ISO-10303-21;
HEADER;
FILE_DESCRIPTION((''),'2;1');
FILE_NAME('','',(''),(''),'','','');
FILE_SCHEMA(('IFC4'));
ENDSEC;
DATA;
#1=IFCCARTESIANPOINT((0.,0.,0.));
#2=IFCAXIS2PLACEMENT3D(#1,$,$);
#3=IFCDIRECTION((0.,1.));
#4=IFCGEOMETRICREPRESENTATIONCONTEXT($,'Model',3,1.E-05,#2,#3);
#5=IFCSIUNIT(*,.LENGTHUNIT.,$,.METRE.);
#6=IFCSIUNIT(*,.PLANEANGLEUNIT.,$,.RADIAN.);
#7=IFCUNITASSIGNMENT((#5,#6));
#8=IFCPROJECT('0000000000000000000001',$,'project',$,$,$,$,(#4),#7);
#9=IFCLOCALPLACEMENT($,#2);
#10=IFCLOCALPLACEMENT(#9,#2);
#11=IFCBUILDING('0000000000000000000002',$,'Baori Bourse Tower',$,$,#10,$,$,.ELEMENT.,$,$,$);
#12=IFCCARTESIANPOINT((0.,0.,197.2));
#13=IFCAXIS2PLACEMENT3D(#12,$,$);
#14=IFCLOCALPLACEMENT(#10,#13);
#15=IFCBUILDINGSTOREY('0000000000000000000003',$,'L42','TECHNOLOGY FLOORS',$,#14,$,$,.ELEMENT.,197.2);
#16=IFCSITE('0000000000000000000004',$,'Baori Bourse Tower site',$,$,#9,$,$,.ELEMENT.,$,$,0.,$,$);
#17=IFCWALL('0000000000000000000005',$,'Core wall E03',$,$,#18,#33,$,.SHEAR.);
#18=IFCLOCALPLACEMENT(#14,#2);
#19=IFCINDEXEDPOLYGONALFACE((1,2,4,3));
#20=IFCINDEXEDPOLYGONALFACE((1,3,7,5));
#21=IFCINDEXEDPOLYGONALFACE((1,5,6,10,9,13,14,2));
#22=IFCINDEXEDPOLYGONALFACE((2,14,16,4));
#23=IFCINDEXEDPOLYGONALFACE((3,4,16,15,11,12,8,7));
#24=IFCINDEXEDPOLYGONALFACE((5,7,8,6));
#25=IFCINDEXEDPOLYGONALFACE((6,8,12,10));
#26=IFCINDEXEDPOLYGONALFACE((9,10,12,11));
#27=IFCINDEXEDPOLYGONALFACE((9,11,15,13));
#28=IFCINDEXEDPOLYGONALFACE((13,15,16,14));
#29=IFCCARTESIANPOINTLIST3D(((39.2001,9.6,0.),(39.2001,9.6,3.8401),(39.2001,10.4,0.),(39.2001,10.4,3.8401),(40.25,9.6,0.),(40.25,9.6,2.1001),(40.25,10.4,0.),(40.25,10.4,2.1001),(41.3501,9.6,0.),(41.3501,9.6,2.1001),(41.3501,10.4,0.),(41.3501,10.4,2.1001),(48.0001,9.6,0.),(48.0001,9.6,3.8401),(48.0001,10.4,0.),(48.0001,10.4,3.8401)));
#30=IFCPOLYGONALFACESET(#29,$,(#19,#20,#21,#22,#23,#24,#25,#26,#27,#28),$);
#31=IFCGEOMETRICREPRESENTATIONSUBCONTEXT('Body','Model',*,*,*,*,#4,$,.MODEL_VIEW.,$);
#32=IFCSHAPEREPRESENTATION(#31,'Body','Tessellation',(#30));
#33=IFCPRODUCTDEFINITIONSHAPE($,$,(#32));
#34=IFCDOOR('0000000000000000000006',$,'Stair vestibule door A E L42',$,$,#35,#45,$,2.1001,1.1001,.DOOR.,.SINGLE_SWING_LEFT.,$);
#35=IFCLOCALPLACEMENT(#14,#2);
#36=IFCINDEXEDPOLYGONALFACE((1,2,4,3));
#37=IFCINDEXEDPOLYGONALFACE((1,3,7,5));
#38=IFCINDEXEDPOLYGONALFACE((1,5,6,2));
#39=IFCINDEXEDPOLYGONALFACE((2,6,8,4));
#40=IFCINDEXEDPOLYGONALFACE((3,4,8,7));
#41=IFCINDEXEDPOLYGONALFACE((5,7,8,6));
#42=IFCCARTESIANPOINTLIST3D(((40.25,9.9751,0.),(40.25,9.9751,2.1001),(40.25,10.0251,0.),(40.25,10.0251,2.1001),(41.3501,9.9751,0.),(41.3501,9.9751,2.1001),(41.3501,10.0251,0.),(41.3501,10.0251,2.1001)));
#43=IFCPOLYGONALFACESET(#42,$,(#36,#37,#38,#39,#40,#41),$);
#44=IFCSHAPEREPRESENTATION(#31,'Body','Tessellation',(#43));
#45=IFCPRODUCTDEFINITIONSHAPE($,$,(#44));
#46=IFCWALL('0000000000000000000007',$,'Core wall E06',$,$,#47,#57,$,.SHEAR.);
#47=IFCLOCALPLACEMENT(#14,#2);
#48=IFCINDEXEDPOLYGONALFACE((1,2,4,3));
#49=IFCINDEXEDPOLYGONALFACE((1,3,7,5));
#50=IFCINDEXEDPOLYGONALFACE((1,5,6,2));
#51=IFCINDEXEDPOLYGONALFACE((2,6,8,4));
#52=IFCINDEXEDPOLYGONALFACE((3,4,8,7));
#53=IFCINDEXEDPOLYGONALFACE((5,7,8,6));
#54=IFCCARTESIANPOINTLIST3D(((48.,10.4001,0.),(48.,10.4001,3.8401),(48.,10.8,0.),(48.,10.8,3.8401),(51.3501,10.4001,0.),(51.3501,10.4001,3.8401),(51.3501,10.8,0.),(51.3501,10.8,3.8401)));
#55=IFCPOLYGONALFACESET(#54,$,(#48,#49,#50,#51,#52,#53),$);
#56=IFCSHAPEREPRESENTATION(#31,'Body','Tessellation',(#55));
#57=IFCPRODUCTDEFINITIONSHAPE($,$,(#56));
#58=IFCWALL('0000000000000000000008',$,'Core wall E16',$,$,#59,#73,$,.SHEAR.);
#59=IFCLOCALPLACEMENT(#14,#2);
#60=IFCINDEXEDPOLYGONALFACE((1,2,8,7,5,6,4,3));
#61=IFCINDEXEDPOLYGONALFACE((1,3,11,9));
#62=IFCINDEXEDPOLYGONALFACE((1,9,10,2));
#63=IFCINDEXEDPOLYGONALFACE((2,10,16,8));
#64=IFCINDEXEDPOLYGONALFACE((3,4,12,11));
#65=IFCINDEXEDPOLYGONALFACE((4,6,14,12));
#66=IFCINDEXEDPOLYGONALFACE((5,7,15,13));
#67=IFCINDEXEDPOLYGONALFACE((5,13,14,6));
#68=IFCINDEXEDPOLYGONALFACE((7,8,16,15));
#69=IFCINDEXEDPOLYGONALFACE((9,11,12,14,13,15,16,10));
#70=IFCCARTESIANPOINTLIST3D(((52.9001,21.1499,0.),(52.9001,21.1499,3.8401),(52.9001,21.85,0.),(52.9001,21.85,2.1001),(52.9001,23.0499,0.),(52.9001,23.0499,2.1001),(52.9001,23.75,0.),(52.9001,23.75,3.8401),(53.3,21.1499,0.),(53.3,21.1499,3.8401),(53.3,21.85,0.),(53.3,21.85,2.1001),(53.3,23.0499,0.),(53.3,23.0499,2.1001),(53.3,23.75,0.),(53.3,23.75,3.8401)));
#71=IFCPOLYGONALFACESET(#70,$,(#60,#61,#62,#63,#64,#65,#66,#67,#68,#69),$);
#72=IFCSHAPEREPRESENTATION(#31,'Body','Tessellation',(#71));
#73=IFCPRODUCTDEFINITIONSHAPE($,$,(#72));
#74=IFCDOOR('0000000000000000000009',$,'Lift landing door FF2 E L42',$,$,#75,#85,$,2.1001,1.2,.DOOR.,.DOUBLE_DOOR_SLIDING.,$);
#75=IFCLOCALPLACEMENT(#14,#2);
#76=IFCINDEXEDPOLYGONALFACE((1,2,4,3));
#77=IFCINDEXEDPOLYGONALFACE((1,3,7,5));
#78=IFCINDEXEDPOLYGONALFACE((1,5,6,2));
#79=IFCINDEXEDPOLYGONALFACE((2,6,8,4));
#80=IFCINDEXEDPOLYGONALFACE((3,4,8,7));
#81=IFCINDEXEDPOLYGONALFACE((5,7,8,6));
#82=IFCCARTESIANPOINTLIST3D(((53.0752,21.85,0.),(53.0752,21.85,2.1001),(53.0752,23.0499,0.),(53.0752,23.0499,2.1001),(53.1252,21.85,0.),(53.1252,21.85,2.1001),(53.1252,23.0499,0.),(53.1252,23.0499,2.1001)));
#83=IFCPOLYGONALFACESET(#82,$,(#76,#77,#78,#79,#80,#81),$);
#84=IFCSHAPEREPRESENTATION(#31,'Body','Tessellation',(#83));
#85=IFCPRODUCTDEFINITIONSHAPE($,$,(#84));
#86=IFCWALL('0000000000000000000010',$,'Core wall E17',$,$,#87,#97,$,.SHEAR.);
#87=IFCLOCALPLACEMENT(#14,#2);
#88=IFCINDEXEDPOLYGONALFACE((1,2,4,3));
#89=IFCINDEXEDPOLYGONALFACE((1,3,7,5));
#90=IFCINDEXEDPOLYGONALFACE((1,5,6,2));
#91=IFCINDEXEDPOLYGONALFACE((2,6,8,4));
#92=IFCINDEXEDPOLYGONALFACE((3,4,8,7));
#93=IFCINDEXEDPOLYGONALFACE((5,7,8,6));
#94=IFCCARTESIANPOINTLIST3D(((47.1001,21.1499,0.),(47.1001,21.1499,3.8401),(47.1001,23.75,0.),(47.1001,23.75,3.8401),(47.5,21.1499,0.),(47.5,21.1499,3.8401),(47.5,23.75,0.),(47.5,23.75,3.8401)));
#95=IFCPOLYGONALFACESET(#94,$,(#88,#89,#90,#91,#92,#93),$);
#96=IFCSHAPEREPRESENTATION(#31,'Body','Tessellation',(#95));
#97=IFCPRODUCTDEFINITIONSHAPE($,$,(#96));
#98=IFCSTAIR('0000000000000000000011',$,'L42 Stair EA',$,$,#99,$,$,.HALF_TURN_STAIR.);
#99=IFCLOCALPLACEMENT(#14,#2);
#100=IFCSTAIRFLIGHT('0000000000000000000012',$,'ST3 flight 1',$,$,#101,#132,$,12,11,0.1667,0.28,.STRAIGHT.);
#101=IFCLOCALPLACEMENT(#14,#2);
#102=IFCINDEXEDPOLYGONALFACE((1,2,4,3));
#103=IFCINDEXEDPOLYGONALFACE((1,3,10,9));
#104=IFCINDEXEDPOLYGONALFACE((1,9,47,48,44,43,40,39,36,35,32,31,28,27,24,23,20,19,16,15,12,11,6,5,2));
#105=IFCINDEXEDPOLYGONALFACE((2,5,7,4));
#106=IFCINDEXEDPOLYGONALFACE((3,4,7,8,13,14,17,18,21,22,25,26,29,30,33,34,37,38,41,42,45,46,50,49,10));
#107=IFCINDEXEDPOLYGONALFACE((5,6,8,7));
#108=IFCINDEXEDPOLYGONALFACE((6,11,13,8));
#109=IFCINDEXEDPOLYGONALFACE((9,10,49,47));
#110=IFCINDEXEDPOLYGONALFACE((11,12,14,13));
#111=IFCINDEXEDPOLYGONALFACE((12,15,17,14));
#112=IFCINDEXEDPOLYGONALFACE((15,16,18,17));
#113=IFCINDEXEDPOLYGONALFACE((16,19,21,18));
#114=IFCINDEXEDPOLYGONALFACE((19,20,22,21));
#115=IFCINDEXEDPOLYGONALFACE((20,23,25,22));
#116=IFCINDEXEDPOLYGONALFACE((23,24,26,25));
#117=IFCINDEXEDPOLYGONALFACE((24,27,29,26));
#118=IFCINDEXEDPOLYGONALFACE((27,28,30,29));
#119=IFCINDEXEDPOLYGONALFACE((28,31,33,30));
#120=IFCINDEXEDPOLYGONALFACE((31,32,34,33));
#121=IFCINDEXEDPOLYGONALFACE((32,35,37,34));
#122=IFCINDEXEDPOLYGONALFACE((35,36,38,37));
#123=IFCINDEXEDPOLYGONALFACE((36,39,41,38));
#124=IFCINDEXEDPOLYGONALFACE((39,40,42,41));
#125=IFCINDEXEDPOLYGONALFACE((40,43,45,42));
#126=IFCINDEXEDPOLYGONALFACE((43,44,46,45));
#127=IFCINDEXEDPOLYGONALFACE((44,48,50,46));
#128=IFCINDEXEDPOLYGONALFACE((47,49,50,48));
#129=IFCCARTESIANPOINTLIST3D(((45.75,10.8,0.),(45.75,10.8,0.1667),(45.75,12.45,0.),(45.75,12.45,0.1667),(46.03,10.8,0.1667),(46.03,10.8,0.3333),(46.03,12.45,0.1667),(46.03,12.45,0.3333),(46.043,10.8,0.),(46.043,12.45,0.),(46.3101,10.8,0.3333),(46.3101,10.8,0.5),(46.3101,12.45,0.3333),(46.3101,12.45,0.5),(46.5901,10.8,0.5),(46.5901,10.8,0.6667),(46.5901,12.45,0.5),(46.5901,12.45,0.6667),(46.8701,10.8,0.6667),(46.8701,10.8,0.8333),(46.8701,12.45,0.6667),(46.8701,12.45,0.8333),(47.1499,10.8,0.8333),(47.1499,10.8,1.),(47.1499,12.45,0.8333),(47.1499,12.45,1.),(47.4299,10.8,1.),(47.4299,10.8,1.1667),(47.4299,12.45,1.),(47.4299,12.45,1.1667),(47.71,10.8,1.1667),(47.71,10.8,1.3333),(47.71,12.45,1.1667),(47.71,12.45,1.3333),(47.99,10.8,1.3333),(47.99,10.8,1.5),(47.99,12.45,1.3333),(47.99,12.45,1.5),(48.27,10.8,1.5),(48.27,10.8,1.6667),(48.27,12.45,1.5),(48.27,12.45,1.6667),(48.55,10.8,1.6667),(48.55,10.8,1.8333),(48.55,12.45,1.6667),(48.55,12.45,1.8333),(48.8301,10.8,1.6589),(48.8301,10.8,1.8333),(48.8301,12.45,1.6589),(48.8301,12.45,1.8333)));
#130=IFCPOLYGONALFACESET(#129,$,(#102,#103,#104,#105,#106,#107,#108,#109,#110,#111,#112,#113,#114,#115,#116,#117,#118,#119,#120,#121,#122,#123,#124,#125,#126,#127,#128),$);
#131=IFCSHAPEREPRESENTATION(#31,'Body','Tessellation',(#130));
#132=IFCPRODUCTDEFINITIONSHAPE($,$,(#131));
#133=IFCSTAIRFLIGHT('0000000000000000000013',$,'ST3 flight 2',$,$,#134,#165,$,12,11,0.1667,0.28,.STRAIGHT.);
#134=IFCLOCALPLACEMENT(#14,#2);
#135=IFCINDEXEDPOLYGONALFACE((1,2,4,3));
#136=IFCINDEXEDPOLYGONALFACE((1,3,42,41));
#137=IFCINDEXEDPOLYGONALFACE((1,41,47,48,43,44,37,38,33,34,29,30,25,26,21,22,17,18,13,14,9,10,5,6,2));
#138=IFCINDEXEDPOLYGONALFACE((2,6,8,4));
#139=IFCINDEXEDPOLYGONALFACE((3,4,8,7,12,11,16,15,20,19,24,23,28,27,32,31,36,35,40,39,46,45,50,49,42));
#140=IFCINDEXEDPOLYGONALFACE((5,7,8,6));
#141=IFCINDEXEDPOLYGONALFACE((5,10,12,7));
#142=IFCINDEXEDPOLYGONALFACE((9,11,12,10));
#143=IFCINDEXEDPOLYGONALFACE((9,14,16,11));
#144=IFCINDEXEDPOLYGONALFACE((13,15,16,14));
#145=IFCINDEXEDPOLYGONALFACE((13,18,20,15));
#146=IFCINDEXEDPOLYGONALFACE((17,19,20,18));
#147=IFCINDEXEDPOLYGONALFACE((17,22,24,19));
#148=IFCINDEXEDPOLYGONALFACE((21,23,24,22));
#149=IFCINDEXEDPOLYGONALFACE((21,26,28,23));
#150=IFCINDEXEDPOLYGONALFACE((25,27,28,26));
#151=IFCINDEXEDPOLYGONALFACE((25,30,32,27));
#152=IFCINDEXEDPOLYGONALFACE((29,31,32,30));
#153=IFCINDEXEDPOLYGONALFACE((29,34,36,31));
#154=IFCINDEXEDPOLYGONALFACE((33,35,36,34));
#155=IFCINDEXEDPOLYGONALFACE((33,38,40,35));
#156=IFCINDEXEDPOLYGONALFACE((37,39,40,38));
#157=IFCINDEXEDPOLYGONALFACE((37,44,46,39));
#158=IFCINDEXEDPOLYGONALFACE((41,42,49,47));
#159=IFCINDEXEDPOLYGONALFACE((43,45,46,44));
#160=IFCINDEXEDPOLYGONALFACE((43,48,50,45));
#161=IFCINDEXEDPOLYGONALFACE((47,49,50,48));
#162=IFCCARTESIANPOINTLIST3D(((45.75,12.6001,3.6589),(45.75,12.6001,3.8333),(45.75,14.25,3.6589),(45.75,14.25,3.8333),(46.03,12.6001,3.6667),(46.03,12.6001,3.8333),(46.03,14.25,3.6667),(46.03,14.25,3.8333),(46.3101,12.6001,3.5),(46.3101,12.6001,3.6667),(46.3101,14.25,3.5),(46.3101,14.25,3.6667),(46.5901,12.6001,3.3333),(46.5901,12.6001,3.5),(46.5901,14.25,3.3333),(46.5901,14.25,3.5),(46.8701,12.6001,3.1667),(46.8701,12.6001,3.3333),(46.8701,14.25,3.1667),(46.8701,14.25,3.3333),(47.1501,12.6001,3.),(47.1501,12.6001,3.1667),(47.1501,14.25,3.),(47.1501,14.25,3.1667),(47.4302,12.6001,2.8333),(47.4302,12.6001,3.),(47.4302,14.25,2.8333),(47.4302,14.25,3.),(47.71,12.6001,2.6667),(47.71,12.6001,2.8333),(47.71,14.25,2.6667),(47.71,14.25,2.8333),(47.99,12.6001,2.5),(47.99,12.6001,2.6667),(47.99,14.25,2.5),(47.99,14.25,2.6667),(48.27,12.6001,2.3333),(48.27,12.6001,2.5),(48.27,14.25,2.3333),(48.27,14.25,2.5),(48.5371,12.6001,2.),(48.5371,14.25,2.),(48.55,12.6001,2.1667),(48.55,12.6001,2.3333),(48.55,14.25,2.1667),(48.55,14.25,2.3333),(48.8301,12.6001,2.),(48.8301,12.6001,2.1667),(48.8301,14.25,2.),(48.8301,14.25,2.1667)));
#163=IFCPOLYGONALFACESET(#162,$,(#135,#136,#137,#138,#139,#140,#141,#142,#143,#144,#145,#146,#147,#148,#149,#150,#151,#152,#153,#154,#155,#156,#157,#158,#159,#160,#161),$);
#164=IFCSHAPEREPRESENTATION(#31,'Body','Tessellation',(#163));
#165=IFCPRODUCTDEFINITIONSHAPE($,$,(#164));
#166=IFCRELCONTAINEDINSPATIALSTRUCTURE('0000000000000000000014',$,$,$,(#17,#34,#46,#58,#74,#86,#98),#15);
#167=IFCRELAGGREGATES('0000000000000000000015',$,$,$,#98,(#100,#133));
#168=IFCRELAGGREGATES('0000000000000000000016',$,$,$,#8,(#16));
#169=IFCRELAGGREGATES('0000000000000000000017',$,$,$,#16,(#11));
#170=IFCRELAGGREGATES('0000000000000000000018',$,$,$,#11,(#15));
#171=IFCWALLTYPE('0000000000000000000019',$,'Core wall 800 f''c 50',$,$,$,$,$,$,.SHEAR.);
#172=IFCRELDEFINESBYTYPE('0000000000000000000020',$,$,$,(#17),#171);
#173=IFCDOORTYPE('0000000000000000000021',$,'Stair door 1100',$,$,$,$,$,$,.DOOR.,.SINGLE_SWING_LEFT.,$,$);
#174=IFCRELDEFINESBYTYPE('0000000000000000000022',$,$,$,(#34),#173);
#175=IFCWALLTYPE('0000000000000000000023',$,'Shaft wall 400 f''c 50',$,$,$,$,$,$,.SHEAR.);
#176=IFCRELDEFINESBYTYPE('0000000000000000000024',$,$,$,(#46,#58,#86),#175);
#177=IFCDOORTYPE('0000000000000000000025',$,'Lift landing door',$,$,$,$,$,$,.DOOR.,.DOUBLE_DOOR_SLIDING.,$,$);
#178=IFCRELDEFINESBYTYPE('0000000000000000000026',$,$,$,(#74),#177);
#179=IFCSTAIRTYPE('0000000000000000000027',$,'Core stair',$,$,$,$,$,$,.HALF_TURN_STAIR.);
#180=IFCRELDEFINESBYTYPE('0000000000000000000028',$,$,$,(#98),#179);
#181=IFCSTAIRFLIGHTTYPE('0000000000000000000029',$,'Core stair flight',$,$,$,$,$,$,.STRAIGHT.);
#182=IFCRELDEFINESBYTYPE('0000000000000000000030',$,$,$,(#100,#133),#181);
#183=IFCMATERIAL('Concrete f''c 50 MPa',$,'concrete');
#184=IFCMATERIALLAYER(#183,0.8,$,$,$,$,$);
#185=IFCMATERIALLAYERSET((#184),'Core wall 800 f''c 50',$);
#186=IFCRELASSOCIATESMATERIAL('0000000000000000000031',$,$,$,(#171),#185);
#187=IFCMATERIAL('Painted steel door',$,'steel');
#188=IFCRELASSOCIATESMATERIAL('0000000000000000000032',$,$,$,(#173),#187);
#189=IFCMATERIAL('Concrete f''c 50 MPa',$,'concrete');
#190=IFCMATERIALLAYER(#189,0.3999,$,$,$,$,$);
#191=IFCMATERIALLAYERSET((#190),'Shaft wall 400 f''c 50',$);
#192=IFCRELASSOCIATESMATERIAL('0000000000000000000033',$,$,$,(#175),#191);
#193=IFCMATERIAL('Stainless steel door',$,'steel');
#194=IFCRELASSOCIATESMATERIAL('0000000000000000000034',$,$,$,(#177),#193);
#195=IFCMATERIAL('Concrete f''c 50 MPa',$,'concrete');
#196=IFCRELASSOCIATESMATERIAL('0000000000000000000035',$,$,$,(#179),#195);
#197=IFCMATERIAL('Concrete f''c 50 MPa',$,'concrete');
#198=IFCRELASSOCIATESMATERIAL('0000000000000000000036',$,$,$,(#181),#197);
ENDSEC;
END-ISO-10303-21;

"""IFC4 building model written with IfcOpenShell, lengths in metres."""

from ifc_helpers import new_model, si_unit, direction, frame, frame_2d, origin, place, context, subcontext, project, spatial, polyline, rectangle, outline, extrude, material, layer, layer_set, type_object, element, fill, aggregate, save


model = new_model("IFC4")

# Units and contexts
model_context = context("Model", 3, precision=1e-05, world=origin(), true_north=direction((0.0, 1.0)))
body_context = subcontext(model_context, "Body", "Model", "MODEL_VIEW")
ifc_project = project(units=[si_unit("LENGTHUNIT", "METRE"), si_unit("PLANEANGLEUNIT", "RADIAN")], contexts=[model_context])

# Site, building, storey
site_placement = place(None, origin())
site = spatial("IfcSite", under=ifc_project, at=site_placement, Name="Baori Bourse Tower site", CompositionType="ELEMENT", RefElevation=0.0)
building_placement = place(site_placement, origin())
building = spatial("IfcBuilding", under=site, at=building_placement, Name="Baori Bourse Tower", CompositionType="ELEMENT")
storey_placement = place(building_placement, frame((0.0, 0.0, 197.2)))
storey = spatial("IfcBuildingStorey", under=building, at=storey_placement, Name="L42", Description="TECHNOLOGY FLOORS", CompositionType="ELEMENT", Elevation=197.2)

# Shared definitions
ifc_material_1 = material(Name="Concrete f'c 50 MPa", Category="concrete")
ifc_layer_1 = layer(ifc_material_1, 0.8)
ifc_layer_set_1 = layer_set([ifc_layer_1], Name="Core wall 800 f'c 50")
wall_type_1 = type_object("IfcWallType", Name="Core wall 800 f'c 50", PredefinedType="SHEAR", material=ifc_layer_set_1)

# Wall, opening, door
wall_1_placement = place(storey_placement, frame((48.0, 10.0, 0.0), z_axis=(0.0, 0.0, 1.0), x_axis=(-1.0, 0.0, 0.0)))
wall_1 = element("IfcWall", 1, at=wall_1_placement, inside=storey, type_object=wall_type_1, Name="Core wall E03", PredefinedType="SHEAR", context=body_context, shape_type="SweptSolid", body=[
    extrude(rectangle(XDim=8.8, YDim=0.8, at=frame_2d((4.3999, 0.0))), origin(), (0.0, 0.0, 1.0), 3.8401),
])
opening_1_placement = place(wall_1_placement, frame((6.6499, 0.0, 0.0)))
opening_1 = element("IfcOpeningElement", 2, at=opening_1_placement, cuts=wall_1, PredefinedType="OPENING", context=body_context, shape_type="SweptSolid", body=[
    extrude(rectangle(XDim=1.1001, YDim=2.1001, at=frame_2d((0.55, 1.05))), frame((0.0, 0.4099, 0.0), z_axis=(0.0, -1.0, 0.0), x_axis=(1.0, 0.0, 0.0)), (0.0, 0.0, 1.0), 0.8201),
])
ifc_material_2 = material(Name="Painted steel door", Category="steel")
door_type_1 = type_object("IfcDoorType", Name="Stair door 1100", OperationType="SINGLE_SWING_LEFT", PredefinedType="DOOR", material=ifc_material_2)
door_1_placement = place(opening_1_placement, origin())
door_1 = element("IfcDoor", 3, at=door_1_placement, inside=storey, type_object=door_type_1, Name="Stair vestibule door A E L42", OperationType="SINGLE_SWING_LEFT", OverallHeight=2.1001, OverallWidth=1.1001, PredefinedType="DOOR", context=body_context, shape_type="SweptSolid", body=[
    extrude(rectangle(XDim=1.1001, YDim=2.1001, at=frame_2d((0.55, 1.05))), frame((0.0, 0.0249, 0.0), z_axis=(0.0, -1.0, 0.0), x_axis=(1.0, 0.0, 0.0)), (0.0, 0.0, 1.0), 0.05),
])
fill(opening_1, door_1)

# Wall
ifc_material_3 = material(Name="Concrete f'c 50 MPa", Category="concrete")
ifc_layer_2 = layer(ifc_material_3, 0.3999)
ifc_layer_set_2 = layer_set([ifc_layer_2], Name="Shaft wall 400 f'c 50")
wall_type_2 = type_object("IfcWallType", Name="Shaft wall 400 f'c 50", PredefinedType="SHEAR", material=ifc_layer_set_2)
wall_2_placement = place(storey_placement, frame((48.0, 10.6001, 0.0), z_axis=(0.0, 0.0, 1.0), x_axis=(1.0, 0.0, 0.0)))
element("IfcWall", 4, at=wall_2_placement, inside=storey, type_object=wall_type_2, Name="Core wall E06", PredefinedType="SHEAR", context=body_context, shape_type="SweptSolid", body=[
    extrude(rectangle(XDim=3.3501, YDim=0.3999, at=frame_2d((1.675, 0.0))), origin(), (0.0, 0.0, 1.0), 3.8401),
])

# Wall, opening, door
wall_3_placement = place(storey_placement, frame((53.1001, 21.1499, 0.0), z_axis=(0.0, 0.0, 1.0), x_axis=(0.0, 1.0, 0.0)))
wall_3 = element("IfcWall", 5, at=wall_3_placement, inside=storey, type_object=wall_type_2, Name="Core wall E16", PredefinedType="SHEAR", context=body_context, shape_type="SweptSolid", body=[
    extrude(rectangle(XDim=2.6001, YDim=0.3999, at=frame_2d((1.3, 0.0))), origin(), (0.0, 0.0, 1.0), 3.8401),
])
opening_2_placement = place(wall_3_placement, frame((0.7, 0.0, 0.0)))
opening_2 = element("IfcOpeningElement", 6, at=opening_2_placement, cuts=wall_3, PredefinedType="OPENING", context=body_context, shape_type="SweptSolid", body=[
    extrude(rectangle(XDim=1.2, YDim=2.1001, at=frame_2d((0.6001, 1.05))), frame((0.0, 0.21, 0.0), z_axis=(0.0, -1.0, 0.0), x_axis=(1.0, 0.0, 0.0)), (0.0, 0.0, 1.0), 0.4199),
])
ifc_material_4 = material(Name="Stainless steel door", Category="steel")
door_type_2 = type_object("IfcDoorType", Name="Lift landing door", OperationType="DOUBLE_DOOR_SLIDING", PredefinedType="DOOR", material=ifc_material_4)
door_2_placement = place(opening_2_placement, origin())
door_2 = element("IfcDoor", 7, at=door_2_placement, inside=storey, type_object=door_type_2, Name="Lift landing door FF2 E L42", OperationType="DOUBLE_DOOR_SLIDING", OverallHeight=2.1001, OverallWidth=1.2, PredefinedType="DOOR", context=body_context, shape_type="SweptSolid", body=[
    extrude(rectangle(XDim=1.2, YDim=2.1001, at=frame_2d((0.6001, 1.05))), frame((0.0, 0.0249, 0.0), z_axis=(0.0, -1.0, 0.0), x_axis=(1.0, 0.0, 0.0)), (0.0, 0.0, 1.0), 0.05),
])
fill(opening_2, door_2)

# Wall
wall_4_placement = place(storey_placement, frame((47.3, 21.1499, 0.0), z_axis=(0.0, 0.0, 1.0), x_axis=(0.0, 1.0, 0.0)))
element("IfcWall", 8, at=wall_4_placement, inside=storey, type_object=wall_type_2, Name="Core wall E17", PredefinedType="SHEAR", context=body_context, shape_type="SweptSolid", body=[
    extrude(rectangle(XDim=2.6001, YDim=0.3999, at=frame_2d((1.3, 0.0))), origin(), (0.0, 0.0, 1.0), 3.8401),
])

# Stair, stair flights
ifc_material_5 = material(Name="Concrete f'c 50 MPa", Category="concrete")
stair_type = type_object("IfcStairType", Name="Core stair", PredefinedType="HALF_TURN_STAIR", material=ifc_material_5)
stair_placement = place(storey_placement, origin())
stair = element("IfcStair", 9, at=stair_placement, inside=storey, type_object=stair_type, Name="L42 Stair EA", PredefinedType="HALF_TURN_STAIR")
ifc_material_6 = material(Name="Concrete f'c 50 MPa", Category="concrete")
stair_flight_type = type_object("IfcStairFlightType", Name="Core stair flight", PredefinedType="STRAIGHT", material=ifc_material_6)
stair_flight_1_placement = place(storey_placement, frame((45.75, 11.625, 0.0), z_axis=(0.0, 0.0, 1.0), x_axis=(1.0, 0.0, 0.0)))
stair_flight_1 = element("IfcStairFlight", 10, at=stair_flight_1_placement, type_object=stair_flight_type, Name="ST3 flight 1", NumberOfRisers=12, NumberOfTreads=11, PredefinedType="STRAIGHT", RiserHeight=0.1667, TreadLength=0.28, context=body_context, shape_type="SweptSolid", body=[
    extrude(outline(polyline([(0.0, 0.0), (0.0, 0.1667), (0.28, 0.1667), (0.28, 0.3333), (0.5601, 0.3333), (0.5601, 0.5), (0.8401, 0.5), (0.8401, 0.6667), (1.1201, 0.6667), (1.1201, 0.8333), (1.3999, 0.8333), (1.3999, 1.0), (1.6799, 1.0), (1.6799, 1.1667), (1.96, 1.1667), (1.96, 1.3333), (2.24, 1.3333), (2.24, 1.5), (2.52, 1.5), (2.52, 1.6667), (2.8, 1.6667), (2.8, 1.8333), (3.0801, 1.8333), (3.0801, 2.0), (3.0801, 1.6589), (0.293, 0.0), (0.0, 0.0)])), frame((0.0, 0.825, 0.0), z_axis=(0.0, -1.0, 0.0), x_axis=(1.0, 0.0, 0.0)), (0.0, 0.0, 1.0), 1.6499),
])
stair_flight_2_placement = place(storey_placement, frame((48.8301, 13.425, 2.0), z_axis=(0.0, 0.0, 1.0), x_axis=(-1.0, 0.0, 0.0)))
stair_flight_2 = element("IfcStairFlight", 11, at=stair_flight_2_placement, type_object=stair_flight_type, Name="ST3 flight 2", NumberOfRisers=12, NumberOfTreads=11, PredefinedType="STRAIGHT", RiserHeight=0.1667, TreadLength=0.28, context=body_context, shape_type="SweptSolid", body=[
    extrude(outline(polyline([(0.0, 0.0), (0.0, 0.1667), (0.28, 0.1667), (0.28, 0.3333), (0.5601, 0.3333), (0.5601, 0.5), (0.8401, 0.5), (0.8401, 0.6667), (1.1201, 0.6667), (1.1201, 0.8333), (1.3999, 0.8333), (1.3999, 1.0), (1.6799, 1.0), (1.6799, 1.1667), (1.96, 1.1667), (1.96, 1.3333), (2.24, 1.3333), (2.24, 1.5), (2.52, 1.5), (2.52, 1.6667), (2.8, 1.6667), (2.8, 1.8333), (3.0801, 1.8333), (3.0801, 2.0), (3.0801, 1.6589), (0.293, 0.0), (0.0, 0.0)])), frame((0.0, 0.825, 0.0), z_axis=(0.0, -1.0, 0.0), x_axis=(1.0, 0.0, 0.0)), (0.0, 0.0, 1.0), 1.6499),
])
aggregate(stair, [stair_flight_1, stair_flight_2])

save(model, "model.ifc")
